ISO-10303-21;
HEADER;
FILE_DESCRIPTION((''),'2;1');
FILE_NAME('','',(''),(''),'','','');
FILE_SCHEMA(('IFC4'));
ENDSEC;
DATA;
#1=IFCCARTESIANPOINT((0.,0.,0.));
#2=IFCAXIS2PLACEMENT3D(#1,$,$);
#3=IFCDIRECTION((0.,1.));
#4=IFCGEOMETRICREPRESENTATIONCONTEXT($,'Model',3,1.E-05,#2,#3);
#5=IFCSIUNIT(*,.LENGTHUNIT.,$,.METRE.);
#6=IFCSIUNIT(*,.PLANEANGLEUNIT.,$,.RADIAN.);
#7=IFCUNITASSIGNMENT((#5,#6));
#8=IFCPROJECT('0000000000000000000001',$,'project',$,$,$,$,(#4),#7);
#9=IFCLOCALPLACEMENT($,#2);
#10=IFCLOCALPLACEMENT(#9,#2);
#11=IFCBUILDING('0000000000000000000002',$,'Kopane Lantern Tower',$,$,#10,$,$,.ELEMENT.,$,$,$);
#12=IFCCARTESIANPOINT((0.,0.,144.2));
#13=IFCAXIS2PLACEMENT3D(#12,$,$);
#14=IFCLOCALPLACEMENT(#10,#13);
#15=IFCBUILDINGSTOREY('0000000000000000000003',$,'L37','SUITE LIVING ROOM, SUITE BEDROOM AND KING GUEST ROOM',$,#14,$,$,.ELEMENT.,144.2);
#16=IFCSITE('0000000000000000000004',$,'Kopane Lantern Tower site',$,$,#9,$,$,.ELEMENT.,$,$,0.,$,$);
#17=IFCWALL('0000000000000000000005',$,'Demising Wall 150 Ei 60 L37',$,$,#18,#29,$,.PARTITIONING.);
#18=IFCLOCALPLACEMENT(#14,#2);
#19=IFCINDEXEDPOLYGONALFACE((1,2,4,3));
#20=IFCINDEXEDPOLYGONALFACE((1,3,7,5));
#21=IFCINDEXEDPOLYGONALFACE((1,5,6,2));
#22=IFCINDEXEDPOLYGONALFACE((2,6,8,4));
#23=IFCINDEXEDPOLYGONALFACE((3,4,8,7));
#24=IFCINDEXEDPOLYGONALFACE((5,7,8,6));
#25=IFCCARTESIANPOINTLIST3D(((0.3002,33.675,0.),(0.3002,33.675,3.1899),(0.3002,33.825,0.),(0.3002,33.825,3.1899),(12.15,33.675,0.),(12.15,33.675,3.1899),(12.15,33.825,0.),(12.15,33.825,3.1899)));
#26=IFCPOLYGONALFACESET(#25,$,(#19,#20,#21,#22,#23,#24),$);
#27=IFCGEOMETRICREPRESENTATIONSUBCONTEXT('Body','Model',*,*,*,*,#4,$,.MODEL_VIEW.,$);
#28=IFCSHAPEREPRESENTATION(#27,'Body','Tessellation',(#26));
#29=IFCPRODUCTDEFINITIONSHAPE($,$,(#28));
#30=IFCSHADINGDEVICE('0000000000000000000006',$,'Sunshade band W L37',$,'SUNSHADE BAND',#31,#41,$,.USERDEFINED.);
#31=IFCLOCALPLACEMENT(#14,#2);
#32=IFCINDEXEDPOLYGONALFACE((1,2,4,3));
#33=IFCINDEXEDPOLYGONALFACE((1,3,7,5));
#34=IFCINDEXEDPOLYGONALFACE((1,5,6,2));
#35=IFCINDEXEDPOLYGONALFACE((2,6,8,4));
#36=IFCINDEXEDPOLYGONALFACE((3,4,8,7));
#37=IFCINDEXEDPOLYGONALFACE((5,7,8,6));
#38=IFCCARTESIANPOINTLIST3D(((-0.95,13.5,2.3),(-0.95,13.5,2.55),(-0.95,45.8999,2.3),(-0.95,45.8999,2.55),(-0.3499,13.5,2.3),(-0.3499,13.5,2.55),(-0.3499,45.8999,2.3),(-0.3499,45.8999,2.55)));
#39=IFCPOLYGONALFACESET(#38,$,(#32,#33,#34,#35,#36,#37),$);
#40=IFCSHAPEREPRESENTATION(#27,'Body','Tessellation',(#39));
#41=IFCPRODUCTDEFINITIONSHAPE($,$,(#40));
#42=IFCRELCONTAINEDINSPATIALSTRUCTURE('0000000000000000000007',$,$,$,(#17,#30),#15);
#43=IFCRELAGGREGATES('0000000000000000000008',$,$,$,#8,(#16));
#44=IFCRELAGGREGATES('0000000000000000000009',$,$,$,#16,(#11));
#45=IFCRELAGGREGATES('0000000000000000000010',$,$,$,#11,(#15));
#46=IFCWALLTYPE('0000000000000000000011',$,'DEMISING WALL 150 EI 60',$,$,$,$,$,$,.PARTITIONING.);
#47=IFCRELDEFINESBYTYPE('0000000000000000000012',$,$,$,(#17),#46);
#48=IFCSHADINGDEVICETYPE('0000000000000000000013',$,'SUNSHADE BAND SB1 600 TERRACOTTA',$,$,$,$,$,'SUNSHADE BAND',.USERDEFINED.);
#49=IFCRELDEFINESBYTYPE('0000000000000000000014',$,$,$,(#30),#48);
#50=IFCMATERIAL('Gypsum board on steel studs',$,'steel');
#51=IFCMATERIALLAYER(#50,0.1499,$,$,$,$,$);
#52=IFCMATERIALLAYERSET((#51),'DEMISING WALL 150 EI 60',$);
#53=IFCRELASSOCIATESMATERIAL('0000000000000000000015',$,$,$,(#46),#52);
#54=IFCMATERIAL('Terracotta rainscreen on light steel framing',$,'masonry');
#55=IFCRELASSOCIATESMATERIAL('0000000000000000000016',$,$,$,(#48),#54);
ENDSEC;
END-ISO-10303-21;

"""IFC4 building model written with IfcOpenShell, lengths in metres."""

from ifc_helpers import new_model, si_unit, direction, frame, frame_2d, origin, origin_2d, place, context, subcontext, project, spatial, rectangle, extrude, material, layer, layer_set, type_object, element, save


model = new_model("IFC4")

# Units and contexts
model_context = context("Model", 3, precision=1e-05, world=origin(), true_north=direction((0.0, 1.0)))
body_context = subcontext(model_context, "Body", "Model", "MODEL_VIEW")
ifc_project = project(units=[si_unit("LENGTHUNIT", "METRE"), si_unit("PLANEANGLEUNIT", "RADIAN")], contexts=[model_context])

# Site, building, storey
site_placement = place(None, origin())
site = spatial("IfcSite", under=ifc_project, at=site_placement, Name="Kopane Lantern Tower site", CompositionType="ELEMENT", RefElevation=0.0)
building_placement = place(site_placement, origin())
building = spatial("IfcBuilding", under=site, at=building_placement, Name="Kopane Lantern Tower", CompositionType="ELEMENT")
storey_placement = place(building_placement, frame((0.0, 0.0, 144.2)))
storey = spatial("IfcBuildingStorey", under=building, at=storey_placement, Name="L37", Description="SUITE LIVING ROOM, SUITE BEDROOM AND KING GUEST ROOM", CompositionType="ELEMENT", Elevation=144.2)

# Wall
ifc_material_1 = material(Name="Gypsum board on steel studs", Category="steel")
ifc_layer_1 = layer(ifc_material_1, 0.1499)
ifc_layer_set_1 = layer_set([ifc_layer_1], Name="DEMISING WALL 150 EI 60")
wall_type_1 = type_object("IfcWallType", Name="DEMISING WALL 150 EI 60", PredefinedType="PARTITIONING", material=ifc_layer_set_1)
wall_1_placement = place(storey_placement, frame((12.1499, 33.75, 0.0), z_axis=(0.0, 0.0, 1.0), x_axis=(-1.0, 0.0, 0.0)))
element("IfcWall", 1, at=wall_1_placement, inside=storey, type_object=wall_type_1, Name="Demising Wall 150 Ei 60 L37", PredefinedType="PARTITIONING", context=body_context, shape_type="SweptSolid", body=[
    extrude(rectangle(XDim=11.8499, YDim=0.1499, at=frame_2d((5.9248, 0.0))), origin(), (0.0, 0.0, 1.0), 3.1899),
])

# Shading device
ifc_material_2 = material(Name="Terracotta rainscreen on light steel framing", Category="masonry")
shading_device_type = type_object("IfcShadingDeviceType", Name="SUNSHADE BAND SB1 600 TERRACOTTA", ElementType="SUNSHADE BAND", PredefinedType="USERDEFINED", material=ifc_material_2)
shading_device_placement = place(storey_placement, frame((-0.6499, 29.7, 2.3), z_axis=(0.0, 0.0, 1.0), x_axis=(0.0, -1.0, 0.0)))
element("IfcShadingDevice", 2, at=shading_device_placement, inside=storey, type_object=shading_device_type, Name="Sunshade band W L37", ObjectType="SUNSHADE BAND", PredefinedType="USERDEFINED", context=body_context, shape_type="SweptSolid", body=[
    extrude(rectangle(XDim=32.3999, YDim=0.6001, at=origin_2d()), origin(), (0.0, 0.0, 1.0), 0.25),
])

save(model, "model.ifc")
